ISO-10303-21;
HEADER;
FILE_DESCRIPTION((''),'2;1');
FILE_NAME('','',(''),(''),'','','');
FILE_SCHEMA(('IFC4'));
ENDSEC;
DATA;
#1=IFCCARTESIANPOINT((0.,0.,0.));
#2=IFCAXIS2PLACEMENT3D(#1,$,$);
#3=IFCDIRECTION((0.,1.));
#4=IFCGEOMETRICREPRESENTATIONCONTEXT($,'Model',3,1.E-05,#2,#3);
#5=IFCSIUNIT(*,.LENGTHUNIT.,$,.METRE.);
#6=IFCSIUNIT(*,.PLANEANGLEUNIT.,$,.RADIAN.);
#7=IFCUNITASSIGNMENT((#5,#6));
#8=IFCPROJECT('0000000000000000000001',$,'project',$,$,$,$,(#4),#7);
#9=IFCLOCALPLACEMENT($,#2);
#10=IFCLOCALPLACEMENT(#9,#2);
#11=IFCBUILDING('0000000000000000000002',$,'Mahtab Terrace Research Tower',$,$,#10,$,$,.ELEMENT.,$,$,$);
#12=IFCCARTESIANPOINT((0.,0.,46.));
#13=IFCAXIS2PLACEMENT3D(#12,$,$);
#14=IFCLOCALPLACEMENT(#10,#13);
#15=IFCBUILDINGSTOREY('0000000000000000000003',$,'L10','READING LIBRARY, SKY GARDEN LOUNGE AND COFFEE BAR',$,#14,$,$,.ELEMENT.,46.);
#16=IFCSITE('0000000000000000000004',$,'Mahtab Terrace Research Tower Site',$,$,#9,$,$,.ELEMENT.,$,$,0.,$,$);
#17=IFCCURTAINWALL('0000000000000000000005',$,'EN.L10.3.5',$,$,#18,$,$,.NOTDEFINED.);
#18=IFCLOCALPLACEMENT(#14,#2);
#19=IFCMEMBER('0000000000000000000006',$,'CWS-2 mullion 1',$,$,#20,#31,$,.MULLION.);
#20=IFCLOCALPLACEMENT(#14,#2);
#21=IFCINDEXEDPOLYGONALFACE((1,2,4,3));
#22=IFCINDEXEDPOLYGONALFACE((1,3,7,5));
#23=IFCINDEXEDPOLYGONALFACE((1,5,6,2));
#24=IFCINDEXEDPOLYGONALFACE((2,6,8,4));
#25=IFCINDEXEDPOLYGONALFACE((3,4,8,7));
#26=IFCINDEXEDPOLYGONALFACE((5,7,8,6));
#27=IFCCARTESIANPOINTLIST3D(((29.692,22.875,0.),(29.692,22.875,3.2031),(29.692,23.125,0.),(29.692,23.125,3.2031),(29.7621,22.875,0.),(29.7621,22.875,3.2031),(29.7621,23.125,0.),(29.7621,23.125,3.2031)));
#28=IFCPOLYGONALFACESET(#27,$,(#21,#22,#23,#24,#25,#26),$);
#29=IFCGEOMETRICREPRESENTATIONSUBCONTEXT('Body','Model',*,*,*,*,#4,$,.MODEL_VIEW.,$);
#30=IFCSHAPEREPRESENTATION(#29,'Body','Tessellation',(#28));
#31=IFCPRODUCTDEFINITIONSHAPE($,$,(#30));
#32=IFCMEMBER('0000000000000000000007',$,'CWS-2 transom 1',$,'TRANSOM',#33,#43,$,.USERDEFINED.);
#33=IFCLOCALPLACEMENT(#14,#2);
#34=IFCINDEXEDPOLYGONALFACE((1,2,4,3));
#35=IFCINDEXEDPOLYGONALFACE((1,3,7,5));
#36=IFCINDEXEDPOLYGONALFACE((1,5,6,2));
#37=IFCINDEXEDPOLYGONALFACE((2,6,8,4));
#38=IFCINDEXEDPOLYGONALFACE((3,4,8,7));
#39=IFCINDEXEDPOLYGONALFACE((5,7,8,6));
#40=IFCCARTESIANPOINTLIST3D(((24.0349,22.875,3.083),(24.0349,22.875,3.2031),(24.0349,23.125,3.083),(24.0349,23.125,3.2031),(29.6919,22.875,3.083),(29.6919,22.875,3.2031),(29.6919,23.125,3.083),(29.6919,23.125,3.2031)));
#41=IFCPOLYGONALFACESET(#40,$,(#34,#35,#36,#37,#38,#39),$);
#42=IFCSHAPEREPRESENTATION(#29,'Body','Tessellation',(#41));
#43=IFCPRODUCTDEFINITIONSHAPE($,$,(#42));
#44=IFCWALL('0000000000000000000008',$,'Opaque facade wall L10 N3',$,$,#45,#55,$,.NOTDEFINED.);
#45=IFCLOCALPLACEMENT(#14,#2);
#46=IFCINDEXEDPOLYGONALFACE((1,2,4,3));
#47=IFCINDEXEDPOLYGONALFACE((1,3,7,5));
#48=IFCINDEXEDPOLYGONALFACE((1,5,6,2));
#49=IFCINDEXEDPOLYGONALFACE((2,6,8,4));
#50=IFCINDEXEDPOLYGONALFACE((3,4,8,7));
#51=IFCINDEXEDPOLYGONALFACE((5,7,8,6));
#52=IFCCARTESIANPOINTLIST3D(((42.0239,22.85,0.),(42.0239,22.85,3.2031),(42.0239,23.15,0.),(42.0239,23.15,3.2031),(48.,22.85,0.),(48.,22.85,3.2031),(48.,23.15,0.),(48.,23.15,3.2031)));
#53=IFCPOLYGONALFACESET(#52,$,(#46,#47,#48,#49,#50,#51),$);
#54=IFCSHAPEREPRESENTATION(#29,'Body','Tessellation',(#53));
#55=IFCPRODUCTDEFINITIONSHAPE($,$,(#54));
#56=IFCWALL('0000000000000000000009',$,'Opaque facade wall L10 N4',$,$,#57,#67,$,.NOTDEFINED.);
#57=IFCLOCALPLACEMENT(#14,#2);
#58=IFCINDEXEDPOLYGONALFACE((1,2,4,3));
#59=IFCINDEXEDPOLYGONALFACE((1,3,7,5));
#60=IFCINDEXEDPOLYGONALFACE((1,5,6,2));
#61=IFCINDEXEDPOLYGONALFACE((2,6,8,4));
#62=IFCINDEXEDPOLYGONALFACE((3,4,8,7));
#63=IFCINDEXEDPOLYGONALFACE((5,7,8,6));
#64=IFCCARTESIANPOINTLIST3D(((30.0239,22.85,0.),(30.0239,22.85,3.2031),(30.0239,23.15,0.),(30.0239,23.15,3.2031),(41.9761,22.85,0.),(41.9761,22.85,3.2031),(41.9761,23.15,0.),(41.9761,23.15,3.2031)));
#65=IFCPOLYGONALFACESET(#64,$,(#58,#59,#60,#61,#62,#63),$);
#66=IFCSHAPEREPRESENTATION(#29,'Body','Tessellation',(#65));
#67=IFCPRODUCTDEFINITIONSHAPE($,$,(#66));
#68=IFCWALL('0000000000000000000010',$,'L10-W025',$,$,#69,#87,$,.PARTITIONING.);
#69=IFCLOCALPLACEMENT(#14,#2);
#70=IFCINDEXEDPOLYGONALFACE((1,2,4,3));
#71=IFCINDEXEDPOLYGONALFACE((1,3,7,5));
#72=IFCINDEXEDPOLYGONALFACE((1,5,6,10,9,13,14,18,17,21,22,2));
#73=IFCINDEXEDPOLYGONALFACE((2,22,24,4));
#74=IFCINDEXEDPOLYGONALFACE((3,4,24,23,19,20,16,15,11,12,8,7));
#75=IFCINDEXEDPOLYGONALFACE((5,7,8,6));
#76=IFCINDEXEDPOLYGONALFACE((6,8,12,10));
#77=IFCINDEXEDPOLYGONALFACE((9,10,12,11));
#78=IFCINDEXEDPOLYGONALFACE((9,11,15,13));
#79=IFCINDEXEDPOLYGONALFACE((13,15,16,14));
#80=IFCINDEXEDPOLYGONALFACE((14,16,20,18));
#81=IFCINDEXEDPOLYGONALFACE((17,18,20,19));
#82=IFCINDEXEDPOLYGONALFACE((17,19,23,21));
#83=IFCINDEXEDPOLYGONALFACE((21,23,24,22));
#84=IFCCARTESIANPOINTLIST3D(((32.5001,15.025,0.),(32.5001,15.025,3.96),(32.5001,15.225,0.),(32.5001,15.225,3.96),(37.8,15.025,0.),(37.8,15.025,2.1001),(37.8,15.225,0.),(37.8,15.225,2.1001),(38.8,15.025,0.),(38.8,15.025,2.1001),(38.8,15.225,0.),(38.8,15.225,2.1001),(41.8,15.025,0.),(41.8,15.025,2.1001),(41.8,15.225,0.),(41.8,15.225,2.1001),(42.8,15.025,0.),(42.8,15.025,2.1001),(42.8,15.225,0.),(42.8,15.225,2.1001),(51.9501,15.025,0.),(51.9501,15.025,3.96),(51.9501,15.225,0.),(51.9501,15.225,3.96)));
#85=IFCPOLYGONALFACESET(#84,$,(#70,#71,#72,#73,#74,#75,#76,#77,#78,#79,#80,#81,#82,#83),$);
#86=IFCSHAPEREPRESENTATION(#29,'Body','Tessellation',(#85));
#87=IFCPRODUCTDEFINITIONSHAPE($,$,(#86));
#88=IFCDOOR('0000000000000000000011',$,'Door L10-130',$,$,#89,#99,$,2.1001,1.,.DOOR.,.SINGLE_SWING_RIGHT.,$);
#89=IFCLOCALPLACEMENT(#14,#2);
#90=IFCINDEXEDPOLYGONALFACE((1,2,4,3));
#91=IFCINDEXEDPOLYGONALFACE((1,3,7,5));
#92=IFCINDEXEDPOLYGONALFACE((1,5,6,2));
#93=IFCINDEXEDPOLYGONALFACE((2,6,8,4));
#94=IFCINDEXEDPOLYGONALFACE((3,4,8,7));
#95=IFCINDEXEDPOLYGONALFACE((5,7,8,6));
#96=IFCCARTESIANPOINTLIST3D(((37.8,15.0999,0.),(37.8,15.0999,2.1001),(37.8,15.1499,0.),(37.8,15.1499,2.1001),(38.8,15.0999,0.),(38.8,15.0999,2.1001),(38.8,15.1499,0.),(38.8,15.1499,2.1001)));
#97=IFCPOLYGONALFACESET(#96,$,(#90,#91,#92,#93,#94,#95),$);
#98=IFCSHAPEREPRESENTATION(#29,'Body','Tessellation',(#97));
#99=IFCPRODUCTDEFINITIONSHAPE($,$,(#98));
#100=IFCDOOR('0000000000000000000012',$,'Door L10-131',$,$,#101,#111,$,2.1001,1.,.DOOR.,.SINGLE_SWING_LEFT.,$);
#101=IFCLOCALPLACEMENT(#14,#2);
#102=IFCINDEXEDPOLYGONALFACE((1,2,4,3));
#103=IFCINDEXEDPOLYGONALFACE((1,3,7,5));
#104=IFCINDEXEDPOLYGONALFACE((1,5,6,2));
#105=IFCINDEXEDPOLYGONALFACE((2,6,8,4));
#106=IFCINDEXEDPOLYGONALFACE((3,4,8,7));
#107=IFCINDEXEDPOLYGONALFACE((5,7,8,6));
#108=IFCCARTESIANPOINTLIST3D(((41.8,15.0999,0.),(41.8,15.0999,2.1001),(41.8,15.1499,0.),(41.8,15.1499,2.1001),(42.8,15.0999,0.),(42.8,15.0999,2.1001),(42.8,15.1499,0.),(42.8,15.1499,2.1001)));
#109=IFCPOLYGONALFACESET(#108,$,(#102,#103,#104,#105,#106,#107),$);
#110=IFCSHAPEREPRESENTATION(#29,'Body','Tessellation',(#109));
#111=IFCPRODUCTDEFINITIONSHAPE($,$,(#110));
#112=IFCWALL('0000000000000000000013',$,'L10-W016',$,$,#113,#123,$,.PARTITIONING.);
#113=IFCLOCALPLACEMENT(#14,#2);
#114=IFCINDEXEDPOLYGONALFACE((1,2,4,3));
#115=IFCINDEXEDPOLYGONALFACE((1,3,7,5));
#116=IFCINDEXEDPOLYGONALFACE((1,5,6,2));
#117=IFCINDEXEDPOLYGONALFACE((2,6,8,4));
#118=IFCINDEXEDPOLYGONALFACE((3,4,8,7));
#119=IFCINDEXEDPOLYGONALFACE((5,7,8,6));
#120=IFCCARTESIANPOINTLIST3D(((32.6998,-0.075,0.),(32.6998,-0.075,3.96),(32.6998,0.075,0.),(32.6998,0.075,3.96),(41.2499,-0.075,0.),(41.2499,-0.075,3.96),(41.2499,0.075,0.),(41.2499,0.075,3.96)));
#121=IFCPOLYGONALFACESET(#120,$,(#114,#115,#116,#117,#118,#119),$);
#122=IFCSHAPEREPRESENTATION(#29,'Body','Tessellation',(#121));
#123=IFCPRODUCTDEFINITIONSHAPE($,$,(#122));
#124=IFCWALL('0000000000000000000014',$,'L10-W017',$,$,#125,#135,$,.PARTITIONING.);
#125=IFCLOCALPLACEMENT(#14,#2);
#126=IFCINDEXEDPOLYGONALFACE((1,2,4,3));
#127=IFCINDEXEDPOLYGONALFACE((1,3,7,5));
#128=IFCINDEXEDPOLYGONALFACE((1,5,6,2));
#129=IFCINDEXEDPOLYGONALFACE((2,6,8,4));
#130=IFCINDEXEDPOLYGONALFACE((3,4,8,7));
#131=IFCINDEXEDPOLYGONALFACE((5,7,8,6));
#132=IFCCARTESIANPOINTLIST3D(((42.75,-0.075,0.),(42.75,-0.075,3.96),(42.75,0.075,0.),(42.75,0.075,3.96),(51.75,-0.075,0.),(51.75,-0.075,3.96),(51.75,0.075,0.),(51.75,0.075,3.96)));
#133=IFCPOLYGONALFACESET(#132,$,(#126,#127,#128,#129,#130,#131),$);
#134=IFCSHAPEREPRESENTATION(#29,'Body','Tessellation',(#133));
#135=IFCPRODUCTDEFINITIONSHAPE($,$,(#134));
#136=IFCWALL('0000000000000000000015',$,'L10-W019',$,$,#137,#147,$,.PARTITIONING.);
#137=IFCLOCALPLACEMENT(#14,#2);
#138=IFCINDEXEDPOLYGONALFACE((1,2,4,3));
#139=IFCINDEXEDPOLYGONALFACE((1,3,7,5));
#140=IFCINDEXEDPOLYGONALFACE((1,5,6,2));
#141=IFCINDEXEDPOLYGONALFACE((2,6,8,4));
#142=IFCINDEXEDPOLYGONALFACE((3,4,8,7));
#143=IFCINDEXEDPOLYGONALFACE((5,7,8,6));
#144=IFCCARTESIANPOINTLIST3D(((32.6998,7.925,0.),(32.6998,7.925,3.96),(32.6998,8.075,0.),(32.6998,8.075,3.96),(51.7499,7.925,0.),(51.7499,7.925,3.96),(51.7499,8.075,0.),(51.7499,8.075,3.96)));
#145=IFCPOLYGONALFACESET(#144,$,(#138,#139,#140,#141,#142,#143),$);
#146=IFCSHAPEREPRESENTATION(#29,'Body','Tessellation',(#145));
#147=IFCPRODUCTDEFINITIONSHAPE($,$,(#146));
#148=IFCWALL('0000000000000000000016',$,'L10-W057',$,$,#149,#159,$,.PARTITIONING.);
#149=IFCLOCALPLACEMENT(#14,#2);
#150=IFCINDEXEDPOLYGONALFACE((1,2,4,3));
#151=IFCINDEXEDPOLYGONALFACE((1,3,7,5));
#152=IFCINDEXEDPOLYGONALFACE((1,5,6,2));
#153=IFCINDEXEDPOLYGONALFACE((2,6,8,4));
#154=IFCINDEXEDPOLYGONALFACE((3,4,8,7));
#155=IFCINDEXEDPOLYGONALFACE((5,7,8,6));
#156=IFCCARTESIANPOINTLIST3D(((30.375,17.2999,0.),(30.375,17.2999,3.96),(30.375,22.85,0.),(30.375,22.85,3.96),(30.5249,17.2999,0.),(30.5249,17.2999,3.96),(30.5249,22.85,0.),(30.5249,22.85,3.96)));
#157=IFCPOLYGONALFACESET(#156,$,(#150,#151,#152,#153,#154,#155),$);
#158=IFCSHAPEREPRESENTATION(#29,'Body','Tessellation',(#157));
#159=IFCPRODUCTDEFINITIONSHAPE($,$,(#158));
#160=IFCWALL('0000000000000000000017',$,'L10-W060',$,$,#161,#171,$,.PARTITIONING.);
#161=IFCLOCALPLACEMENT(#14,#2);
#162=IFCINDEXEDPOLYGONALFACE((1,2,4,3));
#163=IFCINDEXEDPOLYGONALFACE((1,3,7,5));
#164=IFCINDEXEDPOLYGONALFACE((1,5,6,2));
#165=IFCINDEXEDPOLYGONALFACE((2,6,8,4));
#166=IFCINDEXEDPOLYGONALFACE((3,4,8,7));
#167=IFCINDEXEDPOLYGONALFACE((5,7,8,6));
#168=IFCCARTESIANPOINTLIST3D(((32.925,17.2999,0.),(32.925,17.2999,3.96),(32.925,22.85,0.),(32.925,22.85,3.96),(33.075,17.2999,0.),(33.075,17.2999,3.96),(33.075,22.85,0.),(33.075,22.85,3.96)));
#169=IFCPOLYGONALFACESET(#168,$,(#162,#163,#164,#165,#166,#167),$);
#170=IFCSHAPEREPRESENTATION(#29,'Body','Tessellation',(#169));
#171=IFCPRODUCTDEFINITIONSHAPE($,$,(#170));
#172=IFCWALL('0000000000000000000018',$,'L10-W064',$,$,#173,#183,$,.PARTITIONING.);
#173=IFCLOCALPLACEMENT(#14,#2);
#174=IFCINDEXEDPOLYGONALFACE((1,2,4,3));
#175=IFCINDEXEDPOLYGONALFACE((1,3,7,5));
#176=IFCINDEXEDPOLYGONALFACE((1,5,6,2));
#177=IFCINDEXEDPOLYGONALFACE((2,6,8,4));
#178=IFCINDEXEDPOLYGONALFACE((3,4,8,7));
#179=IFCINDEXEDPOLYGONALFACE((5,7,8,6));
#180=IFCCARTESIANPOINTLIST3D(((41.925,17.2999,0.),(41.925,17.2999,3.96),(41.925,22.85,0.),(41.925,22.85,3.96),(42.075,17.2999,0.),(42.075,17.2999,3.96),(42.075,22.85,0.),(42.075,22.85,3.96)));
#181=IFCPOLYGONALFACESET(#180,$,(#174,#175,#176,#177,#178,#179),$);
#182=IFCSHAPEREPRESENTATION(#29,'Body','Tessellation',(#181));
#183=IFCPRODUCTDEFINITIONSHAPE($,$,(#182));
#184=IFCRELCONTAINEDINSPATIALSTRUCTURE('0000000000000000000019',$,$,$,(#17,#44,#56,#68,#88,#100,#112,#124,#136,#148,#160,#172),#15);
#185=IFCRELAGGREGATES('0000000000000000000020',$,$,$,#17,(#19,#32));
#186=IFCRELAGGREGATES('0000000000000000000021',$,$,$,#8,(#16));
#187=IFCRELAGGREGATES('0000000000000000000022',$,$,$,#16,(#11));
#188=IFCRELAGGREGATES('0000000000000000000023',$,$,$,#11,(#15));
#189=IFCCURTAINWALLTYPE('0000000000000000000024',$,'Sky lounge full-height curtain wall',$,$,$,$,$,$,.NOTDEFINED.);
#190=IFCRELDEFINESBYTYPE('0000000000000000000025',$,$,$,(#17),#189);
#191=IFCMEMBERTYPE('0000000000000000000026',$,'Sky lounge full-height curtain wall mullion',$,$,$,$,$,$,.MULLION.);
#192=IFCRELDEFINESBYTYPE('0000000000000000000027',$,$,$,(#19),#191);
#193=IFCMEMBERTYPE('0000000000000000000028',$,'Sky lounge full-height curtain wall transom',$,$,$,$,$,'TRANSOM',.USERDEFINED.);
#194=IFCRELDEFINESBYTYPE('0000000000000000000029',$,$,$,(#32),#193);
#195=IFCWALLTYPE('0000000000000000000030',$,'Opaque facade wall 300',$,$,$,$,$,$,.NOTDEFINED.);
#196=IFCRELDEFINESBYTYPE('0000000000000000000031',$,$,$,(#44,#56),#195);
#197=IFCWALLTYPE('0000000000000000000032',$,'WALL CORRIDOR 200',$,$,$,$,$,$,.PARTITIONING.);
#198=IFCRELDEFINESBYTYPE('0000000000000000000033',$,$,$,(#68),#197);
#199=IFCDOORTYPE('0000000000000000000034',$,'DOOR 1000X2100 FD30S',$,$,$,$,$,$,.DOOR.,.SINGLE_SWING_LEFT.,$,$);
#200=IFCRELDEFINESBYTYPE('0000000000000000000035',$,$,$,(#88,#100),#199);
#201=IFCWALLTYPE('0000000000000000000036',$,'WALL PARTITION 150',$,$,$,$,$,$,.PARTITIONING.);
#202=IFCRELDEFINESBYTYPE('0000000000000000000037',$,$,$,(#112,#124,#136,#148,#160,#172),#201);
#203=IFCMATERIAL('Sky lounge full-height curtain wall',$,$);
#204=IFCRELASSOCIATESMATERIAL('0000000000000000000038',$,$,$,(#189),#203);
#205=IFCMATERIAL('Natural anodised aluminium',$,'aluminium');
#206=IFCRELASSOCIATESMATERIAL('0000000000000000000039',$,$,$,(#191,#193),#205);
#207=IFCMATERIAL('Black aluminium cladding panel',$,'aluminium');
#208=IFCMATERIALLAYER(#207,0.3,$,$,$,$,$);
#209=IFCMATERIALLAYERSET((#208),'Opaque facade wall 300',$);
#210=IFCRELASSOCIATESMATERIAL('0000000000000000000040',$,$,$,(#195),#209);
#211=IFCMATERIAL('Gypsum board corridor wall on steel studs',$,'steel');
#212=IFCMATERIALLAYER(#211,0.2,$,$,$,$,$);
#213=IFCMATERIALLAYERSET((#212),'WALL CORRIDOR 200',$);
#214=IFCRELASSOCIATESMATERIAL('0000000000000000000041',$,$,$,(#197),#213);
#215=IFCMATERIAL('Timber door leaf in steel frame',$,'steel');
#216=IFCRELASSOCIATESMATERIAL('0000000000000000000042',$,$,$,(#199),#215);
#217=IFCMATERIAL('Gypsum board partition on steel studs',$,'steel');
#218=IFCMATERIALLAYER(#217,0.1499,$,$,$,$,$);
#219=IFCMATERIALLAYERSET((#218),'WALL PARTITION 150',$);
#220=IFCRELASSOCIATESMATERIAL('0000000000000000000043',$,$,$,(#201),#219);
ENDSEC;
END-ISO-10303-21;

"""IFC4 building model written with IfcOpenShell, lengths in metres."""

from ifc_helpers import new_model, si_unit, direction, frame, frame_2d, origin, origin_2d, place, context, subcontext, project, spatial, rectangle, extrude, material, layer, layer_set, material_profile, profile_set, type_object, element, fill, aggregate, save


model = new_model("IFC4")

# Units and contexts
model_context = context("Model", 3, precision=1e-05, world=origin(), true_north=direction((0.0, 1.0)))
body_context = subcontext(model_context, "Body", "Model", "MODEL_VIEW")
ifc_project = project(units=[si_unit("LENGTHUNIT", "METRE"), si_unit("PLANEANGLEUNIT", "RADIAN")], contexts=[model_context])

# Site, building, storey
site_placement = place(None, origin())
site = spatial("IfcSite", under=ifc_project, at=site_placement, Name="Mahtab Terrace Research Tower Site", CompositionType="ELEMENT", RefElevation=0.0)
building_placement = place(site_placement, origin())
building = spatial("IfcBuilding", under=site, at=building_placement, Name="Mahtab Terrace Research Tower", CompositionType="ELEMENT")
storey_placement = place(building_placement, frame((0.0, 0.0, 46.0)))
storey = spatial("IfcBuildingStorey", under=building, at=storey_placement, Name="L10", Description="READING LIBRARY, SKY GARDEN LOUNGE AND COFFEE BAR", CompositionType="ELEMENT", Elevation=46.0)

# Curtain wall, members
ifc_material_1 = material(Name="Sky lounge full-height curtain wall")
curtain_wall_type = type_object("IfcCurtainWallType", Name="Sky lounge full-height curtain wall", PredefinedType="NOTDEFINED", material=ifc_material_1)
curtain_wall_placement = place(storey_placement, origin())
curtain_wall = element("IfcCurtainWall", 1, at=curtain_wall_placement, inside=storey, type_object=curtain_wall_type, Name="EN.L10.3.5", PredefinedType="NOTDEFINED")
ifc_material_2 = material(Name="Natural anodised aluminium", Category="aluminium")
ifc_material_profile_1 = material_profile(ifc_material_2, rectangle(XDim=0.25, YDim=0.0701, at=origin_2d()), Name="MULLION 70x250")
ifc_profile_set_1 = profile_set([ifc_material_profile_1], Name="Natural anodised aluminium")
member_type_1 = type_object("IfcMemberType", Name="Sky lounge full-height curtain wall mullion", PredefinedType="MULLION", material=ifc_profile_set_1)
member_1_placement = place(storey_placement, frame((29.7271, 23.0, 0.0), z_axis=(0.0, 0.0, 1.0), x_axis=(0.0, -1.0, 0.0)))
member_1 = element("IfcMember", 2, at=member_1_placement, type_object=member_type_1, Name="CWS-2 mullion 1", PredefinedType="MULLION", context=body_context, shape_type="SweptSolid", body=[
    extrude(rectangle(XDim=0.25, YDim=0.0701, at=origin_2d()), origin(), (0.0, 0.0, 1.0), 3.2031),
])
ifc_material_profile_2 = material_profile(ifc_material_2, rectangle(XDim=0.25, YDim=0.1201, at=origin_2d()), Name="TRANSOM 120x250")
ifc_profile_set_2 = profile_set([ifc_material_profile_2], Name="Natural anodised aluminium")
member_type_2 = type_object("IfcMemberType", Name="Sky lounge full-height curtain wall transom", ElementType="TRANSOM", PredefinedType="USERDEFINED", material=ifc_profile_set_2)
member_2_placement = place(storey_placement, frame((29.6919, 23.0, 3.1431), z_axis=(-1.0, 0.0, 0.0), x_axis=(0.0, -1.0, 0.0)))
member_2 = element("IfcMember", 3, at=member_2_placement, type_object=member_type_2, Name="CWS-2 transom 1", ObjectType="TRANSOM", PredefinedType="USERDEFINED", context=body_context, shape_type="SweptSolid", body=[
    extrude(rectangle(XDim=0.25, YDim=0.1201, at=origin_2d()), origin(), (0.0, 0.0, 1.0), 5.657),
])
aggregate(curtain_wall, [member_1, member_2])

# Walls
ifc_material_3 = material(Name="Black aluminium cladding panel", Category="aluminium")
ifc_layer_1 = layer(ifc_material_3, 0.3)
ifc_layer_set_1 = layer_set([ifc_layer_1], Name="Opaque facade wall 300")
wall_type_1 = type_object("IfcWallType", Name="Opaque facade wall 300", PredefinedType="NOTDEFINED", material=ifc_layer_set_1)
wall_1_placement = place(storey_placement, frame((48.0, 23.0, 0.0), z_axis=(0.0, 0.0, 1.0), x_axis=(-1.0, 0.0, 0.0)))
element("IfcWall", 4, at=wall_1_placement, inside=storey, type_object=wall_type_1, Name="Opaque facade wall L10 N3", PredefinedType="NOTDEFINED", context=body_context, shape_type="SweptSolid", body=[
    extrude(rectangle(XDim=5.9761, YDim=0.3, at=frame_2d((2.988, 0.0))), origin(), (0.0, 0.0, 1.0), 3.2031),
])
wall_2_placement = place(storey_placement, frame((41.9761, 23.0, 0.0), z_axis=(0.0, 0.0, 1.0), x_axis=(-1.0, 0.0, 0.0)))
element("IfcWall", 5, at=wall_2_placement, inside=storey, type_object=wall_type_1, Name="Opaque facade wall L10 N4", PredefinedType="NOTDEFINED", context=body_context, shape_type="SweptSolid", body=[
    extrude(rectangle(XDim=11.9521, YDim=0.3, at=frame_2d((5.9761, 0.0))), origin(), (0.0, 0.0, 1.0), 3.2031),
])

# Wall, openings, doors
ifc_material_4 = material(Name="Gypsum board corridor wall on steel studs", Category="steel")
ifc_layer_2 = layer(ifc_material_4, 0.2)
ifc_layer_set_2 = layer_set([ifc_layer_2], Name="WALL CORRIDOR 200")
wall_type_2 = type_object("IfcWallType", Name="WALL CORRIDOR 200", PredefinedType="PARTITIONING", material=ifc_layer_set_2)
wall_3_placement = place(storey_placement, frame((32.5, 15.125, 0.0), z_axis=(0.0, 0.0, 1.0), x_axis=(1.0, 0.0, 0.0)))
wall_3 = element("IfcWall", 6, at=wall_3_placement, inside=storey, type_object=wall_type_2, Name="L10-W025", PredefinedType="PARTITIONING", context=body_context, shape_type="SweptSolid", body=[
    extrude(rectangle(XDim=19.45, YDim=0.2, at=frame_2d((9.7251, 0.0))), origin(), (0.0, 0.0, 1.0), 3.96),
])
opening_1_placement = place(wall_3_placement, frame((5.3, 0.0, 0.0)))
opening_1 = element("IfcOpeningElement", 7, at=opening_1_placement, cuts=wall_3, PredefinedType="OPENING", context=body_context, shape_type="SweptSolid", body=[
    extrude(rectangle(XDim=1.0, YDim=2.1001, at=frame_2d((0.5, 1.05))), frame((0.0, 0.1099, 0.0), z_axis=(0.0, -1.0, 0.0), x_axis=(1.0, 0.0, 0.0)), (0.0, 0.0, 1.0), 0.22),
])
opening_2_placement = place(wall_3_placement, frame((9.3, 0.0, 0.0)))
opening_2 = element("IfcOpeningElement", 8, at=opening_2_placement, cuts=wall_3, PredefinedType="OPENING", context=body_context, shape_type="SweptSolid", body=[
    extrude(rectangle(XDim=1.0, YDim=2.1001, at=frame_2d((0.5, 1.05))), frame((0.0, 0.1099, 0.0), z_axis=(0.0, -1.0, 0.0), x_axis=(1.0, 0.0, 0.0)), (0.0, 0.0, 1.0), 0.22),
])
ifc_material_5 = material(Name="Timber door leaf in steel frame", Category="steel")
door_type = type_object("IfcDoorType", Name="DOOR 1000X2100 FD30S", OperationType="SINGLE_SWING_LEFT", PredefinedType="DOOR", material=ifc_material_5)
door_1_placement = place(opening_1_placement, origin())
door_1 = element("IfcDoor", 9, at=door_1_placement, inside=storey, type_object=door_type, Name="Door L10-130", OperationType="SINGLE_SWING_RIGHT", OverallHeight=2.1001, OverallWidth=1.0, PredefinedType="DOOR", context=body_context, shape_type="SweptSolid", body=[
    extrude(rectangle(XDim=1.0, YDim=2.1001, at=frame_2d((0.5, 1.05))), frame((0.0, 0.0249, 0.0), z_axis=(0.0, -1.0, 0.0), x_axis=(1.0, 0.0, 0.0)), (0.0, 0.0, 1.0), 0.05),
])
fill(opening_1, door_1)
door_2_placement = place(opening_2_placement, origin())
door_2 = element("IfcDoor", 10, at=door_2_placement, inside=storey, type_object=door_type, Name="Door L10-131", OperationType="SINGLE_SWING_LEFT", OverallHeight=2.1001, OverallWidth=1.0, PredefinedType="DOOR", context=body_context, shape_type="SweptSolid", body=[
    extrude(rectangle(XDim=1.0, YDim=2.1001, at=frame_2d((0.5, 1.05))), frame((0.0, 0.0249, 0.0), z_axis=(0.0, -1.0, 0.0), x_axis=(1.0, 0.0, 0.0)), (0.0, 0.0, 1.0), 0.05),
])
fill(opening_2, door_2)

# Walls
ifc_material_6 = material(Name="Gypsum board partition on steel studs", Category="steel")
ifc_layer_3 = layer(ifc_material_6, 0.1499)
ifc_layer_set_3 = layer_set([ifc_layer_3], Name="WALL PARTITION 150")
wall_type_3 = type_object("IfcWallType", Name="WALL PARTITION 150", PredefinedType="PARTITIONING", material=ifc_layer_set_3)
wall_4_placement = place(storey_placement, frame((32.7, 0.0, 0.0), z_axis=(0.0, 0.0, 1.0), x_axis=(1.0, 0.0, 0.0)))
element("IfcWall", 11, at=wall_4_placement, inside=storey, type_object=wall_type_3, Name="L10-W016", PredefinedType="PARTITIONING", context=body_context, shape_type="SweptSolid", body=[
    extrude(rectangle(XDim=8.55, YDim=0.1499, at=frame_2d((4.2749, 0.0))), origin(), (0.0, 0.0, 1.0), 3.96),
])
wall_5_placement = place(storey_placement, frame((42.75, 0.0, 0.0), z_axis=(0.0, 0.0, 1.0), x_axis=(1.0, 0.0, 0.0)))
element("IfcWall", 12, at=wall_5_placement, inside=storey, type_object=wall_type_3, Name="L10-W017", PredefinedType="PARTITIONING", context=body_context, shape_type="SweptSolid", body=[
    extrude(rectangle(XDim=9.0, YDim=0.1499, at=frame_2d((4.5, 0.0))), origin(), (0.0, 0.0, 1.0), 3.96),
])
wall_6_placement = place(storey_placement, frame((32.7, 8.0, 0.0), z_axis=(0.0, 0.0, 1.0), x_axis=(1.0, 0.0, 0.0)))
element("IfcWall", 13, at=wall_6_placement, inside=storey, type_object=wall_type_3, Name="L10-W019", PredefinedType="PARTITIONING", context=body_context, shape_type="SweptSolid", body=[
    extrude(rectangle(XDim=19.05, YDim=0.1499, at=frame_2d((9.5249, 0.0))), origin(), (0.0, 0.0, 1.0), 3.96),
])
for number, where, z_axis, x_axis, name in (
    (14, (30.45, 17.3, 0.0), (0.0, 0.0, 1.0), (0.0, 1.0, 0.0), "L10-W057"),
    (15, (33.0, 17.3, 0.0), (0.0, 0.0, 1.0), (0.0, 1.0, 0.0), "L10-W060"),
    (16, (42.0, 17.3, 0.0), (0.0, 0.0, 1.0), (0.0, 1.0, 0.0), "L10-W064"),
):
    element("IfcWall", number, at=place(storey_placement, frame(where, z_axis=z_axis, x_axis=x_axis)), inside=storey, type_object=wall_type_3, Name=name, PredefinedType="PARTITIONING", context=body_context, shape_type="SweptSolid", body=[
        extrude(rectangle(XDim=5.55, YDim=0.1499, at=frame_2d((2.7749, 0.0))), origin(), (0.0, 0.0, 1.0), 3.96),
    ])

save(model, "model.ifc")
